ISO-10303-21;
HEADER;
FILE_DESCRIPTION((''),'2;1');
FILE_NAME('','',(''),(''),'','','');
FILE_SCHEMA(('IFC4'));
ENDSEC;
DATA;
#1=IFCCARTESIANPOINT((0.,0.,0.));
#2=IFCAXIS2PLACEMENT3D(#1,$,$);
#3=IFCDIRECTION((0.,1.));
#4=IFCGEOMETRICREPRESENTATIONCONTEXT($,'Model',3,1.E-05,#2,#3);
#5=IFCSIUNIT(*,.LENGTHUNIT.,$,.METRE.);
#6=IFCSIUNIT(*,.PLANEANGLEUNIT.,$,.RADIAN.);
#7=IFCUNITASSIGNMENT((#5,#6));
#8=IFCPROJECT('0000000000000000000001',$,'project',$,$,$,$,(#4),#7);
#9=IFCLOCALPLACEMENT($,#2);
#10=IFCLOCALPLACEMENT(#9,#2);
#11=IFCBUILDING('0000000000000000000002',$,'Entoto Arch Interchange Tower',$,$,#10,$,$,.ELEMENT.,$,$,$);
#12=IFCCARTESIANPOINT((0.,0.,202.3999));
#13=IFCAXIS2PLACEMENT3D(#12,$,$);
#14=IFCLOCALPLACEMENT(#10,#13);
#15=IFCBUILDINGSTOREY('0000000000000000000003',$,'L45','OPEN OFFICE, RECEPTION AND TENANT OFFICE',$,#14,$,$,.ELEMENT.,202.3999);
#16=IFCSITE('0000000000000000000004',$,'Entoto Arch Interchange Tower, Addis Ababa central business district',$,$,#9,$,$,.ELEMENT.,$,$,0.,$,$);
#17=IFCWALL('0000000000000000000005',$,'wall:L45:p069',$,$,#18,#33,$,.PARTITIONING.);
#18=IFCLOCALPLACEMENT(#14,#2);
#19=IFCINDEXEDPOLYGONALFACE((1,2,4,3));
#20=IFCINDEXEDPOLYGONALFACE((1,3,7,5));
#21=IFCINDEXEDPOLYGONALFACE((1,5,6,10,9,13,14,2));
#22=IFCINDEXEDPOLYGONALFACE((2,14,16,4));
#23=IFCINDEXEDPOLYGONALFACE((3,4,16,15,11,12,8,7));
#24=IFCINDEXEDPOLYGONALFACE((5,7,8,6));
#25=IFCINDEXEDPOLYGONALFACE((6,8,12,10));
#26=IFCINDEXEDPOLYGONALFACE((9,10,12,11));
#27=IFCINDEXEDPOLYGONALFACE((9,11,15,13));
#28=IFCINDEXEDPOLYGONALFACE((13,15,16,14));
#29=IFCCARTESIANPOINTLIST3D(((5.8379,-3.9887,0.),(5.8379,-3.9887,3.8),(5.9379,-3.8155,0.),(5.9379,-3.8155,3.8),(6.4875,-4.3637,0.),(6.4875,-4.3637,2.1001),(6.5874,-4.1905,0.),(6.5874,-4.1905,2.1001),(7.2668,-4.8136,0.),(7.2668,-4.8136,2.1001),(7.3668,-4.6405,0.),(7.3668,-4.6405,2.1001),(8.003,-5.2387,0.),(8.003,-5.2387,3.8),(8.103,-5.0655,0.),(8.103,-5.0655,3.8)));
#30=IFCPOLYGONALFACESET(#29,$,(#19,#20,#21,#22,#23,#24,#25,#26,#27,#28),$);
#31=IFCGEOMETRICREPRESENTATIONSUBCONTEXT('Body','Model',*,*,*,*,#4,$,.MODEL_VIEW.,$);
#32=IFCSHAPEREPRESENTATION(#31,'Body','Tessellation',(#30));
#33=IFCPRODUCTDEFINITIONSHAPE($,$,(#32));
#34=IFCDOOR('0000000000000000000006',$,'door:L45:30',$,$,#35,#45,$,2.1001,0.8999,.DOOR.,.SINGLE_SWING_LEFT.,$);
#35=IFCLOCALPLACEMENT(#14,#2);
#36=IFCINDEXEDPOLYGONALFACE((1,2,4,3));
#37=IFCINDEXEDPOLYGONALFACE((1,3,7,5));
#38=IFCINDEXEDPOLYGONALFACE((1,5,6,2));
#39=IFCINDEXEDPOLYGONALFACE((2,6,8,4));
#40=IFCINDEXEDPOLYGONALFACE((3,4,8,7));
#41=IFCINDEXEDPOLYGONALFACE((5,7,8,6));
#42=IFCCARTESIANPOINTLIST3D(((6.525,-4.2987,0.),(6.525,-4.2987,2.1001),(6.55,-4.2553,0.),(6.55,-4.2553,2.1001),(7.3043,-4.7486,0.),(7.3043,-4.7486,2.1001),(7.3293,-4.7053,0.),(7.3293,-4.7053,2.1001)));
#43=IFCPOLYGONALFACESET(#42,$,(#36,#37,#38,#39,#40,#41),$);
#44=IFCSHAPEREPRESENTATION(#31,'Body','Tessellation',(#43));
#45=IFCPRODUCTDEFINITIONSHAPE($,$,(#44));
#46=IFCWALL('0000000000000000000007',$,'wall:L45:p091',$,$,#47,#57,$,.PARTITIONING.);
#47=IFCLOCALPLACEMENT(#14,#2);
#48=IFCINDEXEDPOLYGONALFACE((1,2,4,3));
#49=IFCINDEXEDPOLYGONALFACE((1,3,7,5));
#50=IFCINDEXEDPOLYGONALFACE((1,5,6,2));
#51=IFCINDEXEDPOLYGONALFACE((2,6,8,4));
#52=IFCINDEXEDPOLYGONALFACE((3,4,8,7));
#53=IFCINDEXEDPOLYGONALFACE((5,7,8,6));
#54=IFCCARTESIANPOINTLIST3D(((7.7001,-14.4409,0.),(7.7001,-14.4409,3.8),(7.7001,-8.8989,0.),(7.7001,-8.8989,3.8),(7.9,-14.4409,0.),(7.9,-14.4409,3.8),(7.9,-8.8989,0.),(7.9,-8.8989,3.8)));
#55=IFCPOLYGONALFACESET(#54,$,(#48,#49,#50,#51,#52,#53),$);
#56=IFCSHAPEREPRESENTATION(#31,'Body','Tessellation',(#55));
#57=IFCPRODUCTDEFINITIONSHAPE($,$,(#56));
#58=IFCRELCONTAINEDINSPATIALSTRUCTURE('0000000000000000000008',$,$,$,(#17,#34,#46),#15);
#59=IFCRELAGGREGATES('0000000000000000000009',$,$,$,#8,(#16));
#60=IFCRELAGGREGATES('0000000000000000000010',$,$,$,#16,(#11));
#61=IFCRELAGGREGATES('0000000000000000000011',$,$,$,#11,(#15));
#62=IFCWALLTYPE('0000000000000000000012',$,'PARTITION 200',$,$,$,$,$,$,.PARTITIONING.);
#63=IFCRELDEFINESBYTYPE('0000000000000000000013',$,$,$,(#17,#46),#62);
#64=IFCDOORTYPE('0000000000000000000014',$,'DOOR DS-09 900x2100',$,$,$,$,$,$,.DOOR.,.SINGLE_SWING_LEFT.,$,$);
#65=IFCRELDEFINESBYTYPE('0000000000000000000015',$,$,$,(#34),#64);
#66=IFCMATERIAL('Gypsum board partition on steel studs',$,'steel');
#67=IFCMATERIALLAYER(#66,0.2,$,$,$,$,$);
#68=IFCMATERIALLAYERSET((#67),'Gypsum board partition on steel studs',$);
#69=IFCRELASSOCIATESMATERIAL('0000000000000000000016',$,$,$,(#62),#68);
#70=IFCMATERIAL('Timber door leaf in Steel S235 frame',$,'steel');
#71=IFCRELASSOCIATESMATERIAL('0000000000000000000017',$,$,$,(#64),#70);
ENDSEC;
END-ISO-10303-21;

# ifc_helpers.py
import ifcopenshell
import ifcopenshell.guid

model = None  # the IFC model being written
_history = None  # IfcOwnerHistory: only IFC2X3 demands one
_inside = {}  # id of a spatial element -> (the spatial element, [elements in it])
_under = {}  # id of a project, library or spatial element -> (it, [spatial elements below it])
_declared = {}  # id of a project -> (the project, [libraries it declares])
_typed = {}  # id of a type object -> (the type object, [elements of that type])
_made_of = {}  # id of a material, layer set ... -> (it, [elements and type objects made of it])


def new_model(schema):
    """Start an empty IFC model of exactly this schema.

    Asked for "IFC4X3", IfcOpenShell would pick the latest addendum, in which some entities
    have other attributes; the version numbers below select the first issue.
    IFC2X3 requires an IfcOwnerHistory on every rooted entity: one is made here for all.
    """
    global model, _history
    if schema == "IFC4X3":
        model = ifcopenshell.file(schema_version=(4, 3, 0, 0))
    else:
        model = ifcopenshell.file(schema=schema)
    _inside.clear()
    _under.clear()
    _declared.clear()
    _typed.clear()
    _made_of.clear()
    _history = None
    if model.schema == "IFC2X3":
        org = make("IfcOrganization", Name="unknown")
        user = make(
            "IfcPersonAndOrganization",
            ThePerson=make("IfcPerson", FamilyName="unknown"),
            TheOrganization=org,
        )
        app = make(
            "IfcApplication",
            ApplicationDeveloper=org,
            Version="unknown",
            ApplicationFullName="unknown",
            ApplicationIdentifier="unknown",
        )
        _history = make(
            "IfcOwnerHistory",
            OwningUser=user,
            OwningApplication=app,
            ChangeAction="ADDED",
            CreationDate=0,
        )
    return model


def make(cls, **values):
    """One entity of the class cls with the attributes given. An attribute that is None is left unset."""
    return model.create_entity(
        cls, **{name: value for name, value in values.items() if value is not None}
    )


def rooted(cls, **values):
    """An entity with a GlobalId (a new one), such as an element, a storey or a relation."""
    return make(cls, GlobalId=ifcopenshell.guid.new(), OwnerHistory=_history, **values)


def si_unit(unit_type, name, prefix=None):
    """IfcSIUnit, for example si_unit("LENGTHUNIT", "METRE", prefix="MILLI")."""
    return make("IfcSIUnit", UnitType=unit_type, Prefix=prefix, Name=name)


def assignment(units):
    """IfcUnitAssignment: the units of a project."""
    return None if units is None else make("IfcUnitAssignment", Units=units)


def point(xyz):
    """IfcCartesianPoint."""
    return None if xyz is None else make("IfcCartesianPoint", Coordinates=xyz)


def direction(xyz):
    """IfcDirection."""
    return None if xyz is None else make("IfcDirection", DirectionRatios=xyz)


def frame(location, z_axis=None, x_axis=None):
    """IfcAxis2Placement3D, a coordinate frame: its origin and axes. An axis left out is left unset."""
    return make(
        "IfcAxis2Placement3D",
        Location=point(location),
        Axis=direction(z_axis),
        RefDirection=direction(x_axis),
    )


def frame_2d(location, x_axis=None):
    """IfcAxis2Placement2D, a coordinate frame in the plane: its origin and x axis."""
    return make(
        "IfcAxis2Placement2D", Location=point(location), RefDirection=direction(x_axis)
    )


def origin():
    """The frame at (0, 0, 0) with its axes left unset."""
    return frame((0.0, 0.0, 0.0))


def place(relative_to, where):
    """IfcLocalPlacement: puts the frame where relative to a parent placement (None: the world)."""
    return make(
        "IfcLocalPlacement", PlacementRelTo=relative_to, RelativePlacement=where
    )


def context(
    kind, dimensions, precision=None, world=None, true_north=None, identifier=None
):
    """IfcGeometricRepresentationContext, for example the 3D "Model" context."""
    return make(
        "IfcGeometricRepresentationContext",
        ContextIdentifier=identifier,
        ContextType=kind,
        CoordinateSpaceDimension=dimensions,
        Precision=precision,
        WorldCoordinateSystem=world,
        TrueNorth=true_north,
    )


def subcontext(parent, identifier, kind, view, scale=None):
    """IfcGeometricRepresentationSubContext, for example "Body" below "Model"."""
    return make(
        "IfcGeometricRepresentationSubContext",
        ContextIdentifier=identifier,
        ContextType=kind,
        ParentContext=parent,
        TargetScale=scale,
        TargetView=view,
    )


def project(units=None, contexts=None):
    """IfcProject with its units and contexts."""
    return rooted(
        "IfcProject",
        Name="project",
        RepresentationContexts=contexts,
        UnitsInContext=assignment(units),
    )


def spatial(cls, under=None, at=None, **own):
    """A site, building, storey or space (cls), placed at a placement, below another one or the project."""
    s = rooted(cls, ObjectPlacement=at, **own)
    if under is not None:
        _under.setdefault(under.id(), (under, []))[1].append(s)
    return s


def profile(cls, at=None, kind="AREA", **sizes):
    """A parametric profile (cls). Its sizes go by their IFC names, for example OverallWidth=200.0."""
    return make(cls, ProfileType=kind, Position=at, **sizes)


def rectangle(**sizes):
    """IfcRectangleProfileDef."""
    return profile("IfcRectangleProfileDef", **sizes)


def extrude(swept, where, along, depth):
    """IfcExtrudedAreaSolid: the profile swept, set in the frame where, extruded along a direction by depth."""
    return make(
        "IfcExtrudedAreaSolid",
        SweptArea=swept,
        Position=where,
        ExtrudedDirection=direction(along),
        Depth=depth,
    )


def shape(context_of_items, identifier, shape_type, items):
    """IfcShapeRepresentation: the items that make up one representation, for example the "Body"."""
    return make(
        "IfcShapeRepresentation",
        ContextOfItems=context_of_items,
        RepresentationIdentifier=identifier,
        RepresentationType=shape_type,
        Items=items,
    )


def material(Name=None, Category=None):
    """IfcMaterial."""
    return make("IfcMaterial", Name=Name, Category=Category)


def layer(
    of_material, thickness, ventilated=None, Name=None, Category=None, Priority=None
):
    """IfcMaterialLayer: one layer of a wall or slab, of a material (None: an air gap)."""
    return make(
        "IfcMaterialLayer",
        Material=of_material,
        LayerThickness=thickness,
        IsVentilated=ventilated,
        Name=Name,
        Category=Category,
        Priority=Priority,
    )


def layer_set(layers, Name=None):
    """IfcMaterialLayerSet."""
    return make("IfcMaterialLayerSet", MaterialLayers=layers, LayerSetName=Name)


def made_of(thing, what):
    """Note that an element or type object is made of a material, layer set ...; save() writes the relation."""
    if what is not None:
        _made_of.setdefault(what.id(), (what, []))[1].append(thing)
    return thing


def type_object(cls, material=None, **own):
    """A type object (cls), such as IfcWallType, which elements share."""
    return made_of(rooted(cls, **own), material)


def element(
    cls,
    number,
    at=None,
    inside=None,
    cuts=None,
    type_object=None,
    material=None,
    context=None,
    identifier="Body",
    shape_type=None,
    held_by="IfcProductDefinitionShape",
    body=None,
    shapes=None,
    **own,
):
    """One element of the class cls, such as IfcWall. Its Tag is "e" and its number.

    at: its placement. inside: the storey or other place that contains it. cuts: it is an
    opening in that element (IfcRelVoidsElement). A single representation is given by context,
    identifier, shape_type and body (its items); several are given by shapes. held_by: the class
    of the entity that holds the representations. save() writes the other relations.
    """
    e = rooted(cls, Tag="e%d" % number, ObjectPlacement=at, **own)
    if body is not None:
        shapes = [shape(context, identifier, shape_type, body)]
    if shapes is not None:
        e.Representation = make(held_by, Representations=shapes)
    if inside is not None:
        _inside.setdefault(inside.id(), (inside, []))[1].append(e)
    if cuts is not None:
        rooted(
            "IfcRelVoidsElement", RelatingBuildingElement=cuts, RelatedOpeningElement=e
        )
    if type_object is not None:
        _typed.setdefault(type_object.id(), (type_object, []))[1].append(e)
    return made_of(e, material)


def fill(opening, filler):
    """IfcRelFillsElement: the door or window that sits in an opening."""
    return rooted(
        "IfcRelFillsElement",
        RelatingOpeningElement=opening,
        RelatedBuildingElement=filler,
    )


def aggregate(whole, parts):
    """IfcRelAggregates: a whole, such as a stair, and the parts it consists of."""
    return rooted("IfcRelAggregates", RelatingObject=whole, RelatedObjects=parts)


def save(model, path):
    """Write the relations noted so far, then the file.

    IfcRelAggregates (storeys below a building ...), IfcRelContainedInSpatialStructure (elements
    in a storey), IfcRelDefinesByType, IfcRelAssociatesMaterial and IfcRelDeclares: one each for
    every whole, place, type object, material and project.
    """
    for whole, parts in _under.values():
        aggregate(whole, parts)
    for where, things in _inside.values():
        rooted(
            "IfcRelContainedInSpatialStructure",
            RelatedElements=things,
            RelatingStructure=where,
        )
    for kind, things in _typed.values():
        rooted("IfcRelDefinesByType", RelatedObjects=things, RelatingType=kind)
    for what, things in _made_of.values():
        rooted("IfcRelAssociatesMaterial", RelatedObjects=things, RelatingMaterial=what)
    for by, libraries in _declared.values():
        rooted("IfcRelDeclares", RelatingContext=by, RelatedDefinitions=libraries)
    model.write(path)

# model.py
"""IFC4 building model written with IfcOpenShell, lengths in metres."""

from ifc_helpers import new_model, si_unit, direction, frame, frame_2d, origin, place, context, subcontext, project, spatial, rectangle, extrude, material, layer, layer_set, type_object, element, fill, save


model = new_model("IFC4")

# Units and contexts
model_context = context("Model", 3, precision=1e-05, world=origin(), true_north=direction((0.0, 1.0)))
body_context = subcontext(model_context, "Body", "Model", "MODEL_VIEW")
ifc_project = project(units=[si_unit("LENGTHUNIT", "METRE"), si_unit("PLANEANGLEUNIT", "RADIAN")], contexts=[model_context])

# Site, building, storey
site_placement = place(None, origin())
site = spatial("IfcSite", under=ifc_project, at=site_placement, Name="Entoto Arch Interchange Tower, Addis Ababa central business district", CompositionType="ELEMENT", RefElevation=0.0)
building_placement = place(site_placement, origin())
building = spatial("IfcBuilding", under=site, at=building_placement, Name="Entoto Arch Interchange Tower", CompositionType="ELEMENT")
storey_placement = place(building_placement, frame((0.0, 0.0, 202.3999)))
storey = spatial("IfcBuildingStorey", under=building, at=storey_placement, Name="L45", Description="OPEN OFFICE, RECEPTION AND TENANT OFFICE", CompositionType="ELEMENT", Elevation=202.3999)

# Shared definitions
ifc_material_1 = material(Name="Gypsum board partition on steel studs", Category="steel")
ifc_layer_1 = layer(ifc_material_1, 0.2)
ifc_layer_set_1 = layer_set([ifc_layer_1], Name="Gypsum board partition on steel studs")
wall_type_1 = type_object("IfcWallType", Name="PARTITION 200", PredefinedType="PARTITIONING", material=ifc_layer_set_1)

# Wall, opening, door
ifc_material_2 = material(Name="Timber door leaf in Steel S235 frame", Category="steel")
wall_1_placement = place(storey_placement, frame((8.053, -5.1521, 0.0), z_axis=(0.0, 0.0, 1.0), x_axis=(-0.866023, 0.500004, 0.0)))
wall_1 = element("IfcWall", 1, at=wall_1_placement, inside=storey, type_object=wall_type_1, Name="wall:L45:p069", PredefinedType="PARTITIONING", context=body_context, shape_type="SweptSolid", body=[
    extrude(rectangle(XDim=2.5, YDim=0.2, at=frame_2d((1.25, 0.0))), origin(), (0.0, 0.0, 1.0), 3.8),
])
opening_1_placement = place(wall_1_placement, frame((0.8501, 0.0, 0.0)))
opening_1 = element("IfcOpeningElement", 2, at=opening_1_placement, cuts=wall_1, PredefinedType="OPENING", context=body_context, shape_type="SweptSolid", body=[
    extrude(rectangle(XDim=0.8999, YDim=2.1001, at=frame_2d((0.45, 1.05))), frame((0.0, 0.1099, 0.0), z_axis=(0.0, -1.0, 0.0), x_axis=(1.0, 0.0, 0.0)), (0.0, 0.0, 1.0), 0.22),
])
door_type_1 = type_object("IfcDoorType", Name="DOOR DS-09 900x2100", OperationType="SINGLE_SWING_LEFT", PredefinedType="DOOR", material=ifc_material_2)
door_1_placement = place(opening_1_placement, origin())
door_1 = element("IfcDoor", 3, at=door_1_placement, inside=storey, type_object=door_type_1, Name="door:L45:30", OperationType="SINGLE_SWING_LEFT", OverallHeight=2.1001, OverallWidth=0.8999, PredefinedType="DOOR", context=body_context, shape_type="SweptSolid", body=[
    extrude(rectangle(XDim=0.8999, YDim=2.1001, at=frame_2d((0.45, 1.05))), frame((0.0, 0.0249, 0.0), z_axis=(0.0, -1.0, 0.0), x_axis=(1.0, 0.0, 0.0)), (0.0, 0.0, 1.0), 0.05),
])
fill(opening_1, door_1)

# Wall
wall_2_placement = place(storey_placement, frame((7.8, -8.8989, 0.0), z_axis=(0.0, 0.0, 1.0), x_axis=(0.0, -1.0, 0.0)))
element("IfcWall", 4, at=wall_2_placement, inside=storey, type_object=wall_type_1, Name="wall:L45:p091", PredefinedType="PARTITIONING", context=body_context, shape_type="SweptSolid", body=[
    extrude(rectangle(XDim=5.542, YDim=0.2, at=frame_2d((2.771, 0.0))), origin(), (0.0, 0.0, 1.0), 3.8),
])

save(model, "model.ifc")
